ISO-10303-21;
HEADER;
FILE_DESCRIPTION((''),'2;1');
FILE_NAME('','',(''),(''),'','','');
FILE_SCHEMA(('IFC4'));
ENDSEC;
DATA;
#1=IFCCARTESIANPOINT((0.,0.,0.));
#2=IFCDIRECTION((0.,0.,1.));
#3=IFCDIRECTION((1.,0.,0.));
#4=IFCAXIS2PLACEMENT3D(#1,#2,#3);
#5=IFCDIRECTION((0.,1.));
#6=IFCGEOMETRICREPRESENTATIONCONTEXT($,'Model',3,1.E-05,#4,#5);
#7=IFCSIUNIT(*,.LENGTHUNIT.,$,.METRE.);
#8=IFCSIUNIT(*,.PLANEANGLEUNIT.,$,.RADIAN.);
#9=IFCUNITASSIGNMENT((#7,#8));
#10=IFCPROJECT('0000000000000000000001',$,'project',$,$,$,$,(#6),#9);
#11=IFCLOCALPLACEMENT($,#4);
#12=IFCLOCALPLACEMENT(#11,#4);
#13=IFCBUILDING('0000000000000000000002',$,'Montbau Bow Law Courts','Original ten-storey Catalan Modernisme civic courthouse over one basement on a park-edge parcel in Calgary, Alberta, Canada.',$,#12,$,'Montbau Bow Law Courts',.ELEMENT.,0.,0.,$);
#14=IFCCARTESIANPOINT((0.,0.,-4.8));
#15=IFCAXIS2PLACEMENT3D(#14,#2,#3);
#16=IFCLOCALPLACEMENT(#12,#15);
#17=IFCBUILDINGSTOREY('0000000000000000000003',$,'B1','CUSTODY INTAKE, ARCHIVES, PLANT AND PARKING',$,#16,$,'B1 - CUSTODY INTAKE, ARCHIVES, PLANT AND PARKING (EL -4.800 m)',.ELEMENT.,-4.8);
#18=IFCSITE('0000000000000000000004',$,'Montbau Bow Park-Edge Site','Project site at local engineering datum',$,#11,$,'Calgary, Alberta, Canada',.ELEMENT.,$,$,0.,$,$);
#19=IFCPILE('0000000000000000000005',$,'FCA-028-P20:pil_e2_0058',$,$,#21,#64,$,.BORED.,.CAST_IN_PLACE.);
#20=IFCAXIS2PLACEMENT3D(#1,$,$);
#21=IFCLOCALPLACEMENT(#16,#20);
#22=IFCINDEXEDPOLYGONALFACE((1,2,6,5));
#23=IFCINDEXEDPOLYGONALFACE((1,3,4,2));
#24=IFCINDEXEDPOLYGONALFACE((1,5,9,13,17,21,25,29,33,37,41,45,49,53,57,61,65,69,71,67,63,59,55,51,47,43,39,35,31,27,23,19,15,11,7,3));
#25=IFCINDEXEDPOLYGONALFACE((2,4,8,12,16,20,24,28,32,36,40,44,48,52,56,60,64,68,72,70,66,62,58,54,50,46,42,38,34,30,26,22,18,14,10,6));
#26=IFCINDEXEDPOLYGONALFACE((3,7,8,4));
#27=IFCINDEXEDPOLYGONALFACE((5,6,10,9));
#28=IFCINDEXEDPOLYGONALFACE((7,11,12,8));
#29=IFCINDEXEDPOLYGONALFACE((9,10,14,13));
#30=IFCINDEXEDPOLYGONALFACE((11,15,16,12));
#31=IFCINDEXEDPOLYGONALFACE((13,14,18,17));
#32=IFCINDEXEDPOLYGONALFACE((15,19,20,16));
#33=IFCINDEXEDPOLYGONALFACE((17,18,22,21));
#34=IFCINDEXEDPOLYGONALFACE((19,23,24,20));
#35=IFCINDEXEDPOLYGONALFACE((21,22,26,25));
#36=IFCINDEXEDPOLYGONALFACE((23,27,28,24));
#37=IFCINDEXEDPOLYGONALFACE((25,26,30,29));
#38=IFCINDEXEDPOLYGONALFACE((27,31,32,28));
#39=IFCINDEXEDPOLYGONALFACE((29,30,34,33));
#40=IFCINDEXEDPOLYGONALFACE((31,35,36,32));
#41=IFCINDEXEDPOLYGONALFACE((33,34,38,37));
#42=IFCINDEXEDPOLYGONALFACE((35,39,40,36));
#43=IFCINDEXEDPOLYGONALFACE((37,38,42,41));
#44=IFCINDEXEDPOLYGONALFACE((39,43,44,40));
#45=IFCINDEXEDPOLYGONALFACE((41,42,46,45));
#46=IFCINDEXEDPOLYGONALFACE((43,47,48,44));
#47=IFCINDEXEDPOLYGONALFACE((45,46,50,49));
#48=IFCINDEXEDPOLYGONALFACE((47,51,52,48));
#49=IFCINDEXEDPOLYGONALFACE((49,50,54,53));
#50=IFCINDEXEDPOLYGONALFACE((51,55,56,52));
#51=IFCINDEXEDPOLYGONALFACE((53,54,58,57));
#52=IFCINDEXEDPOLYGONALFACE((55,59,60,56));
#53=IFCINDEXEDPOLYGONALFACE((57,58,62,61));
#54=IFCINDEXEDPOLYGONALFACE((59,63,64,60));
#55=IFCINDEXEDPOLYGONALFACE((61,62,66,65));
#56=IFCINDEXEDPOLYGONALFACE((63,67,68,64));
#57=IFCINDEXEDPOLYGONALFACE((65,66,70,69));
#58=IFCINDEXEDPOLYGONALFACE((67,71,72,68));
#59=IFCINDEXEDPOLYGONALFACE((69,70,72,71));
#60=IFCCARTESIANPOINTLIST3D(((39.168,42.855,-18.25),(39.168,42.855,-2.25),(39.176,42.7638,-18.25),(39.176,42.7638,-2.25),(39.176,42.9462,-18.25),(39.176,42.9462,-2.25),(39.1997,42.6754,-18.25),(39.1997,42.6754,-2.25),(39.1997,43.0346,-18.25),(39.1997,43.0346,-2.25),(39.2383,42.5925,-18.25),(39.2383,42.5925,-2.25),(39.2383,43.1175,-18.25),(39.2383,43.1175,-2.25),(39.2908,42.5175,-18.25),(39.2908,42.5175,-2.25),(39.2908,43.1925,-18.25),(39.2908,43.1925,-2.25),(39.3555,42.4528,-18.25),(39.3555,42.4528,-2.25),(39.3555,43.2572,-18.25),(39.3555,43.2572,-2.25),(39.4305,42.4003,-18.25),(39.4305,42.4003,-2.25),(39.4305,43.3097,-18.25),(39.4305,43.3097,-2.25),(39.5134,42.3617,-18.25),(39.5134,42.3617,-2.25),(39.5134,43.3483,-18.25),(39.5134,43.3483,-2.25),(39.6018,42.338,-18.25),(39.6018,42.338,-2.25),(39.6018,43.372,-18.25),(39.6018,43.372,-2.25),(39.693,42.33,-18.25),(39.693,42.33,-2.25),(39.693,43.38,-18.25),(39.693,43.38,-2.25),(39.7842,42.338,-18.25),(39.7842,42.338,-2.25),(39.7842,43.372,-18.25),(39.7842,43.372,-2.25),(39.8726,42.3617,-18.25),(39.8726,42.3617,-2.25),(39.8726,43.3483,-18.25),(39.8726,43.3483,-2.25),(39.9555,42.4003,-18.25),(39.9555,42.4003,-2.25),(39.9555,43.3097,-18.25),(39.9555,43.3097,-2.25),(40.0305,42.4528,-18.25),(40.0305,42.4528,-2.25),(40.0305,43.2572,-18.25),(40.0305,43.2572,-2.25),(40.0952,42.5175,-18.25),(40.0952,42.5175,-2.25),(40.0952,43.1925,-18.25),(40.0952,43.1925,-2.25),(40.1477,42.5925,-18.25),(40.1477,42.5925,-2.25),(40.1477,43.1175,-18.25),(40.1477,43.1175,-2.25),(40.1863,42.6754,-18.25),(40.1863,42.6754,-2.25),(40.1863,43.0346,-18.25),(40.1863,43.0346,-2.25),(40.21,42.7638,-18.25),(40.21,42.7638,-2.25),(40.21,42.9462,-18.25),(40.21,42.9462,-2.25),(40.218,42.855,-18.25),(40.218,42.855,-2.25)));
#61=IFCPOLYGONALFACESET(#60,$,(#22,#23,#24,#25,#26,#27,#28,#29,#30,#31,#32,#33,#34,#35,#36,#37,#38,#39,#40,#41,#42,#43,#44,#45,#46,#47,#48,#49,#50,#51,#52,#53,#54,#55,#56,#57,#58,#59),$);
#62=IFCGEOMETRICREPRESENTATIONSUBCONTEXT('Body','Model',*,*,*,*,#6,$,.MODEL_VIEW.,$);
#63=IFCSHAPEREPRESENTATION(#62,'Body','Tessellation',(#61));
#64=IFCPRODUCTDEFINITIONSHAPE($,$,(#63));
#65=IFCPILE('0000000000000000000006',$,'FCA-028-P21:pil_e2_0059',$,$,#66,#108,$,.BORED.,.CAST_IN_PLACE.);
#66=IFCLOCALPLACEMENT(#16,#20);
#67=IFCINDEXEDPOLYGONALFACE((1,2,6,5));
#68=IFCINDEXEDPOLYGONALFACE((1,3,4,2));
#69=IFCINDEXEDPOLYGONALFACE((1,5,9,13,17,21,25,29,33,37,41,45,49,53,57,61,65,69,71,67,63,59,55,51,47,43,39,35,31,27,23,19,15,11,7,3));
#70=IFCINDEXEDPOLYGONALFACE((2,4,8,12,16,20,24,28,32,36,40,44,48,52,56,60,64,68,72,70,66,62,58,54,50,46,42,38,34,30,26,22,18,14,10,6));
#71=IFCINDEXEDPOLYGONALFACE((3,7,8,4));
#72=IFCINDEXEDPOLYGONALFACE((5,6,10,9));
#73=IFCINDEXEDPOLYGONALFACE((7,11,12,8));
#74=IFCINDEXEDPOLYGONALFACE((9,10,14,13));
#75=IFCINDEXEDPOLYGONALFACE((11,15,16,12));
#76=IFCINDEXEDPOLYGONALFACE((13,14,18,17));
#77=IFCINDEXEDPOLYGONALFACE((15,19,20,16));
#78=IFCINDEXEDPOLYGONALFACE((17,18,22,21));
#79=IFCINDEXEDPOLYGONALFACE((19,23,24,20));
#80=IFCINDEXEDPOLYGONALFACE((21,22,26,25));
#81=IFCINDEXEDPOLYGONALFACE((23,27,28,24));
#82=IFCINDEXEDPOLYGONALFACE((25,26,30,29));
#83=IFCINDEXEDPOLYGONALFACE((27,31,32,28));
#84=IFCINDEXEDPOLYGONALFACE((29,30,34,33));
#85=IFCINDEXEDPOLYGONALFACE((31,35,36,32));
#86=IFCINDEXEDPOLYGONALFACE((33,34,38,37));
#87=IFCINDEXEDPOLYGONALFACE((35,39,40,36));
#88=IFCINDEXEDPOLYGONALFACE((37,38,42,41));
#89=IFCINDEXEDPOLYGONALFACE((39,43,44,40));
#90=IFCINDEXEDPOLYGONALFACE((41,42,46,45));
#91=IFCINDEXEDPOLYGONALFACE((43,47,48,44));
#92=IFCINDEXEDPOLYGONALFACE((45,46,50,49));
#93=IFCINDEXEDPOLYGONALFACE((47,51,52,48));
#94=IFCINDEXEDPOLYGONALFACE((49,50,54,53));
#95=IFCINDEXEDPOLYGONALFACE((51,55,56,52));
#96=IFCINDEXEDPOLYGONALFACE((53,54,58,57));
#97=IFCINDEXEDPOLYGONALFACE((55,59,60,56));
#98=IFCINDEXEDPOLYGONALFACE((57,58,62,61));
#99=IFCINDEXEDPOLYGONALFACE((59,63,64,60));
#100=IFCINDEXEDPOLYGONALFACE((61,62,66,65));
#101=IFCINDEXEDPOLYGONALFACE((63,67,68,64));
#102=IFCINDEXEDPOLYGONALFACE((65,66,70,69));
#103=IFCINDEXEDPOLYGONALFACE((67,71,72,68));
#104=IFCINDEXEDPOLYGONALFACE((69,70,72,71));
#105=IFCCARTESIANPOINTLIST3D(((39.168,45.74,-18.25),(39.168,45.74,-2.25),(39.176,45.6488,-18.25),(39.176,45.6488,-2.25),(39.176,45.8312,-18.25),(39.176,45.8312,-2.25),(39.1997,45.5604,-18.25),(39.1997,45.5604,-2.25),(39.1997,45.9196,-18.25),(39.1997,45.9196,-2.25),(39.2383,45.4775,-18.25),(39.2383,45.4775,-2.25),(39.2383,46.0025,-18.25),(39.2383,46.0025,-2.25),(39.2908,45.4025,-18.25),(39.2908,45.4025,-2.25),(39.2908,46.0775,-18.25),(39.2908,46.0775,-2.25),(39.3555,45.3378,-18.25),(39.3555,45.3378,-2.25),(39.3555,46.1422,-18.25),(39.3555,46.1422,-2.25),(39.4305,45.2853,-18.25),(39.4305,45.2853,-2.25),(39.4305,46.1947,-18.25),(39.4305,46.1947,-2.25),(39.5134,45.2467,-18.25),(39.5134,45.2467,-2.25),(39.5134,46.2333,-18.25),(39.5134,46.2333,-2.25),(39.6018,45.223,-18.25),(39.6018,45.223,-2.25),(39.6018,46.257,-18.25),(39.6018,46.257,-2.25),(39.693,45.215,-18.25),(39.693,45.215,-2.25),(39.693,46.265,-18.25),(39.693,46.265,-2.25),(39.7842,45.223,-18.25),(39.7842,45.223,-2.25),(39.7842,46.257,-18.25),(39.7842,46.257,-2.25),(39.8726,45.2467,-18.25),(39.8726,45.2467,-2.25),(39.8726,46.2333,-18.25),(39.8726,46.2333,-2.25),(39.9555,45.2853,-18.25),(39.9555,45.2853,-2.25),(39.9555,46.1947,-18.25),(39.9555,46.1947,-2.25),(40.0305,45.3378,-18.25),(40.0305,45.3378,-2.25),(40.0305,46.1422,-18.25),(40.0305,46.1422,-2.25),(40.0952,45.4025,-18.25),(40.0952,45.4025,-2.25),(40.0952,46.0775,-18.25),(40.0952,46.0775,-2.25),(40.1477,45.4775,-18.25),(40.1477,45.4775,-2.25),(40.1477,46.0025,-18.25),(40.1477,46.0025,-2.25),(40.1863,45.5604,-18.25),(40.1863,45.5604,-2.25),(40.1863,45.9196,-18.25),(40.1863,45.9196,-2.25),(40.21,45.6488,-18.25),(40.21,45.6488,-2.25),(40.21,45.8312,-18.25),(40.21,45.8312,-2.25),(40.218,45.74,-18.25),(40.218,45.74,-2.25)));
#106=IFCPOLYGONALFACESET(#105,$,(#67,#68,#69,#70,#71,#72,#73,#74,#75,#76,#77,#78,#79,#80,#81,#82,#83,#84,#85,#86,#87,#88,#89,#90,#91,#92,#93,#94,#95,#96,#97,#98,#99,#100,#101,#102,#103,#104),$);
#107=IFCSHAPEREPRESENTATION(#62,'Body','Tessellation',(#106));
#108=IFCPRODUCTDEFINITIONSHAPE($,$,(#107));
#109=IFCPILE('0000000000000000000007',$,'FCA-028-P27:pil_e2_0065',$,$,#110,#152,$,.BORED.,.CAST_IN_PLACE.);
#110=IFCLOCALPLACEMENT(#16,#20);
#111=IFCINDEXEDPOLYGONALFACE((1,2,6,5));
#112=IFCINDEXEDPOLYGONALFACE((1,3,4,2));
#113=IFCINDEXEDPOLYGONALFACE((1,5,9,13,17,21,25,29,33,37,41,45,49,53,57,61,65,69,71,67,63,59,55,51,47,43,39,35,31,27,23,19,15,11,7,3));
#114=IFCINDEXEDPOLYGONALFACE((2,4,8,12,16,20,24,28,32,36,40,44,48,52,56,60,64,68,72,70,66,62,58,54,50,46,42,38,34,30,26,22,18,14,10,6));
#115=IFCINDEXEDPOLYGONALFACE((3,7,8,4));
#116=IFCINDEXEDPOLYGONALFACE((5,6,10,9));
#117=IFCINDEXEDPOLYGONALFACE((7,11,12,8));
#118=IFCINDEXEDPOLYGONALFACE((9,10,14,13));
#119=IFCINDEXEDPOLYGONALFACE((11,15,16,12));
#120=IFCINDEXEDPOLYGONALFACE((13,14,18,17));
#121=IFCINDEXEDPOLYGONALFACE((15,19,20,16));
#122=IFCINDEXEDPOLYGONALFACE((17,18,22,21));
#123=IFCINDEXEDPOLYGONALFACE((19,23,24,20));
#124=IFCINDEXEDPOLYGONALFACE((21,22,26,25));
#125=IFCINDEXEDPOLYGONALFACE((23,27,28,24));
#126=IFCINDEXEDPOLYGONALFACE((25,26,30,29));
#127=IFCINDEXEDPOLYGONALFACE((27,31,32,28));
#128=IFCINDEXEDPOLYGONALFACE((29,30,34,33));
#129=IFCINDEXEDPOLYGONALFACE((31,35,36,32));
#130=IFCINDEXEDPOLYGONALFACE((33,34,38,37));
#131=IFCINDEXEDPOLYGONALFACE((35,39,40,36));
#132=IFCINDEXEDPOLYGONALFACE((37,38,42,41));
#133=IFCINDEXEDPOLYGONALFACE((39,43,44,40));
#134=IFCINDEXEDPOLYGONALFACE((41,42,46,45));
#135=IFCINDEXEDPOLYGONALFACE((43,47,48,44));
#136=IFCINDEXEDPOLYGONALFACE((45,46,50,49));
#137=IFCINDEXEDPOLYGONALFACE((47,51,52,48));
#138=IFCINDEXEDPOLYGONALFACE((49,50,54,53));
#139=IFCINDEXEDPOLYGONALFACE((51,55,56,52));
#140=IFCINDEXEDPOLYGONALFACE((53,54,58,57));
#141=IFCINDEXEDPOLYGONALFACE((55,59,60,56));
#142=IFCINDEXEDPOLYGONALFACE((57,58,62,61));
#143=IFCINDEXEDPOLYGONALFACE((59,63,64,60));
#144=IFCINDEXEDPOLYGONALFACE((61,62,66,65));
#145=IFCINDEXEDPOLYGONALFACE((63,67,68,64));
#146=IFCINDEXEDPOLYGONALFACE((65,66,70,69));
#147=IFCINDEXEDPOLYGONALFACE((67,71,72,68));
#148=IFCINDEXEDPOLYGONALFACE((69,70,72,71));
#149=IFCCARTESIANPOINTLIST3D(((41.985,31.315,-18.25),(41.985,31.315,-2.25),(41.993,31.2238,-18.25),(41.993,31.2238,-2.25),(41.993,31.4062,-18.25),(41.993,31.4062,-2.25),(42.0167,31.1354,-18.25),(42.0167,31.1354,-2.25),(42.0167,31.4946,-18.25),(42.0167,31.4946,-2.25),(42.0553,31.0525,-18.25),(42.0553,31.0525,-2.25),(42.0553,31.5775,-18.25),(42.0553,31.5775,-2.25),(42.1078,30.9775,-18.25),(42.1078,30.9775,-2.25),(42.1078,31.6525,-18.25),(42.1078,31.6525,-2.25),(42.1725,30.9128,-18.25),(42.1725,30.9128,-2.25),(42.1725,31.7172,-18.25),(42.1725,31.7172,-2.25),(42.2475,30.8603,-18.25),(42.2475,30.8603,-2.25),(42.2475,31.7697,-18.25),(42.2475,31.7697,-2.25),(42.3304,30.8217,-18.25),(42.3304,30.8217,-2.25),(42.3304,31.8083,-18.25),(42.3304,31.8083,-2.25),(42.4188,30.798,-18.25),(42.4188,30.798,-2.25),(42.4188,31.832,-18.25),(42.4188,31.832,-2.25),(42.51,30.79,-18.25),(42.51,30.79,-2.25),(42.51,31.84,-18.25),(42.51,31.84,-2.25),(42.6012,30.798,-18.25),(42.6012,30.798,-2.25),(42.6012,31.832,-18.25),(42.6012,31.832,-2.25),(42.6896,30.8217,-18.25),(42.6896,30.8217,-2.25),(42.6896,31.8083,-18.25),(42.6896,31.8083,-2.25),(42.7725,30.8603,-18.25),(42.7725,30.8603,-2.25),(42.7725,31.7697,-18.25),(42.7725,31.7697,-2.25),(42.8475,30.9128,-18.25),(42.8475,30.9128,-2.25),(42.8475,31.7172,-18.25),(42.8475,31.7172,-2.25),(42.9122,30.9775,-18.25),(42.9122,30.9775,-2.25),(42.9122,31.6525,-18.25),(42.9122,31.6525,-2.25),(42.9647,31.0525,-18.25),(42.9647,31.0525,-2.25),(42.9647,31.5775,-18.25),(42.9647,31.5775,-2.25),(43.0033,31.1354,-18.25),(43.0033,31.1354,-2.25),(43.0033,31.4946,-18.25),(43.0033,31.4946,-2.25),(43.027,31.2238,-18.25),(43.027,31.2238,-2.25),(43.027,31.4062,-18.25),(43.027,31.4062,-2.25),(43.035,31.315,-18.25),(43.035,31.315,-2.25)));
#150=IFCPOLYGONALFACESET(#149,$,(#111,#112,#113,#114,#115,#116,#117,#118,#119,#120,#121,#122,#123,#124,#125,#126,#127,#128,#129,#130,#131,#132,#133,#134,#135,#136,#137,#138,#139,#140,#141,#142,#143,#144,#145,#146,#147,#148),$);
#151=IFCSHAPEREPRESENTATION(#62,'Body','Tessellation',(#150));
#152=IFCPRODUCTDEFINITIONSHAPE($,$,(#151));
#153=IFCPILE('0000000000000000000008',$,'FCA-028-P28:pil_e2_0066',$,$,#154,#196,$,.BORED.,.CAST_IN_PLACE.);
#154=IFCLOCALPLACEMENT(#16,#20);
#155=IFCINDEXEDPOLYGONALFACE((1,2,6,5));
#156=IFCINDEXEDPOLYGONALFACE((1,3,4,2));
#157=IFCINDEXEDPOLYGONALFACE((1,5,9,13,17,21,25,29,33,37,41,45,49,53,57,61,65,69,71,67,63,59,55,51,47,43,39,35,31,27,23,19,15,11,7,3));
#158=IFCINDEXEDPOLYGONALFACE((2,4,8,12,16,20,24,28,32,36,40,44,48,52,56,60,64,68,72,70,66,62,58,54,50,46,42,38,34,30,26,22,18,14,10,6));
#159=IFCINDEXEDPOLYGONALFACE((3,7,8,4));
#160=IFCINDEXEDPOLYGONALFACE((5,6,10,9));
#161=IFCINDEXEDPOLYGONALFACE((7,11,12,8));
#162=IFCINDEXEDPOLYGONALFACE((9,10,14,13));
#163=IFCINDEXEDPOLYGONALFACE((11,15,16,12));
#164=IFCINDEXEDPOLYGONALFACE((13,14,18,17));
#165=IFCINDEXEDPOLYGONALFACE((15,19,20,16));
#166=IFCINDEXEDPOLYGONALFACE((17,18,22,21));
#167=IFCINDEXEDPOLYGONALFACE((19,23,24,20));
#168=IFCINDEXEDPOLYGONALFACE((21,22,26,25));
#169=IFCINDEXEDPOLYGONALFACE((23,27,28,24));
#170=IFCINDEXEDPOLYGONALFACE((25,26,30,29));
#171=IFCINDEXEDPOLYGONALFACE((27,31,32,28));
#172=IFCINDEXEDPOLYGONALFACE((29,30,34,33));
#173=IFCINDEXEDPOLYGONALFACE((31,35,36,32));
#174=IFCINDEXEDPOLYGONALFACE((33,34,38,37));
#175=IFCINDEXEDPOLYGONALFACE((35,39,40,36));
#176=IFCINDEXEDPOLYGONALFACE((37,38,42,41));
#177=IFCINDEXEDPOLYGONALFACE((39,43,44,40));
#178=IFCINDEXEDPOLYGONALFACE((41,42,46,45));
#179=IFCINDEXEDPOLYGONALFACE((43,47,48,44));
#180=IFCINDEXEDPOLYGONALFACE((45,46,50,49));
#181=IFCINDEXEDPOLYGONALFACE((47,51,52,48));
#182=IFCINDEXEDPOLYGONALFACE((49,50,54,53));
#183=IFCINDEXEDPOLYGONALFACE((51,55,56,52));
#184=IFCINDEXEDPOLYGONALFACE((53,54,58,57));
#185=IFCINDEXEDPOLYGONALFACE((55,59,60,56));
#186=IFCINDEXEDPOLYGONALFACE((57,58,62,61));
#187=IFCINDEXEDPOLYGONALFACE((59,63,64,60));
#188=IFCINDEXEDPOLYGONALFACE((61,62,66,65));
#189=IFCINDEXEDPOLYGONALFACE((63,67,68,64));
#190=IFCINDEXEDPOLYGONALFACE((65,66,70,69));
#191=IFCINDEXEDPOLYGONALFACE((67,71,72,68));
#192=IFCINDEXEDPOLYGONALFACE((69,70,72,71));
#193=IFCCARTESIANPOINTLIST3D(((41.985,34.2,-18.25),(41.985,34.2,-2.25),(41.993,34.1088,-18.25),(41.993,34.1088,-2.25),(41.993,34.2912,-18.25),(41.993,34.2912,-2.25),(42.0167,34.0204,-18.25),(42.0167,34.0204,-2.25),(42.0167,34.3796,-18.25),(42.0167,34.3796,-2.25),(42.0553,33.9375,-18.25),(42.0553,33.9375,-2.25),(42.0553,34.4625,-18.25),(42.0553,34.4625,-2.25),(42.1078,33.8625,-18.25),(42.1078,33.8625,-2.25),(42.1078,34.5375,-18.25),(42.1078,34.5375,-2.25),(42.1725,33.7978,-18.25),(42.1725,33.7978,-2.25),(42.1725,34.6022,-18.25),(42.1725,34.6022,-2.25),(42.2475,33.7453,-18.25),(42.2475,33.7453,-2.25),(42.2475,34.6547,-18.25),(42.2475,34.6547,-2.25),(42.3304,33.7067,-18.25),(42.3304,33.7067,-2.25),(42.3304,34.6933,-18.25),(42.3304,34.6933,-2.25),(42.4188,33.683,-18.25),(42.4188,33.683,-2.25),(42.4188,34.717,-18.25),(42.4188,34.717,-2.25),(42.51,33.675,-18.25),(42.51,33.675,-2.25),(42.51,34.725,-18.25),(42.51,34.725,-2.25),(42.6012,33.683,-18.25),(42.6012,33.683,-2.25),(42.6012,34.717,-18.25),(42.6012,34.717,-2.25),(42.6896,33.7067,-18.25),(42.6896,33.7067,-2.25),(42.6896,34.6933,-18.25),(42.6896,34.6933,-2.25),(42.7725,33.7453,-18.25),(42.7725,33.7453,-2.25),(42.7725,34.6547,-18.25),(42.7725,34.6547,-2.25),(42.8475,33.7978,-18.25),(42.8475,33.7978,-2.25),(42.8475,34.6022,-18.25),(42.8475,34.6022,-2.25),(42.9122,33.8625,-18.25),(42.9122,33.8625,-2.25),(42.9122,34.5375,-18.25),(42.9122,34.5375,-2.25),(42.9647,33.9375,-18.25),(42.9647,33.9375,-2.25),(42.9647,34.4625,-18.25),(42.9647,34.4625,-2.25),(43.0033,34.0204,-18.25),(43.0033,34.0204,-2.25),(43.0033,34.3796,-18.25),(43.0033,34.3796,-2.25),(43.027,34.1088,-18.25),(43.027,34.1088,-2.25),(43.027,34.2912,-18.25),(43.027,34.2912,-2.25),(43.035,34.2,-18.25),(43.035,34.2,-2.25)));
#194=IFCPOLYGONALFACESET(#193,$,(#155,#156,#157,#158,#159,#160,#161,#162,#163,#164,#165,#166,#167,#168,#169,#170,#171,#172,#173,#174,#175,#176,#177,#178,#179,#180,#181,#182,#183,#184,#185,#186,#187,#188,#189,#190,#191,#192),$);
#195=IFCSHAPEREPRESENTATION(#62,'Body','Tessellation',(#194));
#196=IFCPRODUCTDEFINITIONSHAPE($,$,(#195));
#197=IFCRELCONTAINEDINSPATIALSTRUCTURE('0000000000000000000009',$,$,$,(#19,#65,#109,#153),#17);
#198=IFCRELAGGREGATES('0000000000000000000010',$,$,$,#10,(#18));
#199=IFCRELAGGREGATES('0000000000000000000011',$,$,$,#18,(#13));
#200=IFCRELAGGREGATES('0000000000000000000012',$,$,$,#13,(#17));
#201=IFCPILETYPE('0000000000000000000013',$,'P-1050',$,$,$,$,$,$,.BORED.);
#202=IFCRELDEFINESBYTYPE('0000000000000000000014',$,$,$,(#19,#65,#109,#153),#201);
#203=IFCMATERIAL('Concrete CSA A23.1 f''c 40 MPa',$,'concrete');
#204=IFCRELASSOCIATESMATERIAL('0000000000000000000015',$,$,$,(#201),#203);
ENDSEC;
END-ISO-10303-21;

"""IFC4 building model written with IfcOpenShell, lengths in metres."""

from ifc_helpers import new_model, si_unit, direction, frame, origin_with_axes, origin_2d_with_axis, place, context, subcontext, project, spatial, circle, extrude, material, material_profile, profile_set, type_object, element, save


model = new_model("IFC4")

# Units and contexts
model_context = context("Model", 3, precision=1e-05, world=origin_with_axes(), true_north=direction((0.0, 1.0)))
body_context = subcontext(model_context, "Body", "Model", "MODEL_VIEW")
ifc_project = project(units=[si_unit("LENGTHUNIT", "METRE"), si_unit("PLANEANGLEUNIT", "RADIAN")], contexts=[model_context])

# Site, building, storey
site_placement = place(None, origin_with_axes())
site = spatial("IfcSite", under=ifc_project, at=site_placement, Name="Montbau Bow Park-Edge Site", Description="Project site at local engineering datum", LongName="Calgary, Alberta, Canada", CompositionType="ELEMENT", RefElevation=0.0)
building_placement = place(site_placement, origin_with_axes())
building = spatial("IfcBuilding", under=site, at=building_placement, Name="Montbau Bow Law Courts", Description="Original ten-storey Catalan Modernisme civic courthouse over one basement on a park-edge parcel in Calgary, Alberta, Canada.", LongName="Montbau Bow Law Courts", CompositionType="ELEMENT", ElevationOfRefHeight=0.0, ElevationOfTerrain=0.0)
storey_placement = place(building_placement, frame((0.0, 0.0, -4.8), z_axis=(0.0, 0.0, 1.0), x_axis=(1.0, 0.0, 0.0)))
storey = spatial("IfcBuildingStorey", under=building, at=storey_placement, Name="B1", Description="CUSTODY INTAKE, ARCHIVES, PLANT AND PARKING", LongName="B1 - CUSTODY INTAKE, ARCHIVES, PLANT AND PARKING (EL -4.800 m)", CompositionType="ELEMENT", Elevation=-4.8)

# Piles
ifc_material_1 = material(Name="Concrete CSA A23.1 f'c 40 MPa", Category="concrete")
ifc_material_profile_1 = material_profile(ifc_material_1, circle(Radius=0.525, at=origin_2d_with_axis()), Name="BP1050", Category="Main", Priority=0)
ifc_profile_set_1 = profile_set([ifc_material_profile_1], Name="Concrete CSA A23.1 f'c 40 MPa")
pile_type = type_object("IfcPileType", Name="P-1050", PredefinedType="BORED", material=ifc_profile_set_1)
for number, where, z_axis, x_axis, name in (
    (1, (39.693, 42.855, -23.05), (0.0, 0.0, 1.0), (1.0, 0.0, 0.0), "FCA-028-P20:pil_e2_0058"),
    (2, (39.693, 45.74, -23.05), (0.0, 0.0, 1.0), (1.0, 0.0, 0.0), "FCA-028-P21:pil_e2_0059"),
    (3, (42.51, 31.315, -23.05), (0.0, 0.0, 1.0), (1.0, 0.0, 0.0), "FCA-028-P27:pil_e2_0065"),
    (4, (42.51, 34.2, -23.05), (0.0, 0.0, 1.0), (1.0, 0.0, 0.0), "FCA-028-P28:pil_e2_0066"),
):
    element("IfcPile", number, at=place(None, frame(where, z_axis=z_axis, x_axis=x_axis)), inside=storey, type_object=pile_type, Name=name, ConstructionType="CAST_IN_PLACE", PredefinedType="BORED", context=body_context, shape_type="SweptSolid", body=[
        extrude(circle(Radius=0.525, at=origin_2d_with_axis()), origin_with_axes(), (0.0, 0.0, 1.0), 16.0),
    ])

save(model, "model.ifc")
